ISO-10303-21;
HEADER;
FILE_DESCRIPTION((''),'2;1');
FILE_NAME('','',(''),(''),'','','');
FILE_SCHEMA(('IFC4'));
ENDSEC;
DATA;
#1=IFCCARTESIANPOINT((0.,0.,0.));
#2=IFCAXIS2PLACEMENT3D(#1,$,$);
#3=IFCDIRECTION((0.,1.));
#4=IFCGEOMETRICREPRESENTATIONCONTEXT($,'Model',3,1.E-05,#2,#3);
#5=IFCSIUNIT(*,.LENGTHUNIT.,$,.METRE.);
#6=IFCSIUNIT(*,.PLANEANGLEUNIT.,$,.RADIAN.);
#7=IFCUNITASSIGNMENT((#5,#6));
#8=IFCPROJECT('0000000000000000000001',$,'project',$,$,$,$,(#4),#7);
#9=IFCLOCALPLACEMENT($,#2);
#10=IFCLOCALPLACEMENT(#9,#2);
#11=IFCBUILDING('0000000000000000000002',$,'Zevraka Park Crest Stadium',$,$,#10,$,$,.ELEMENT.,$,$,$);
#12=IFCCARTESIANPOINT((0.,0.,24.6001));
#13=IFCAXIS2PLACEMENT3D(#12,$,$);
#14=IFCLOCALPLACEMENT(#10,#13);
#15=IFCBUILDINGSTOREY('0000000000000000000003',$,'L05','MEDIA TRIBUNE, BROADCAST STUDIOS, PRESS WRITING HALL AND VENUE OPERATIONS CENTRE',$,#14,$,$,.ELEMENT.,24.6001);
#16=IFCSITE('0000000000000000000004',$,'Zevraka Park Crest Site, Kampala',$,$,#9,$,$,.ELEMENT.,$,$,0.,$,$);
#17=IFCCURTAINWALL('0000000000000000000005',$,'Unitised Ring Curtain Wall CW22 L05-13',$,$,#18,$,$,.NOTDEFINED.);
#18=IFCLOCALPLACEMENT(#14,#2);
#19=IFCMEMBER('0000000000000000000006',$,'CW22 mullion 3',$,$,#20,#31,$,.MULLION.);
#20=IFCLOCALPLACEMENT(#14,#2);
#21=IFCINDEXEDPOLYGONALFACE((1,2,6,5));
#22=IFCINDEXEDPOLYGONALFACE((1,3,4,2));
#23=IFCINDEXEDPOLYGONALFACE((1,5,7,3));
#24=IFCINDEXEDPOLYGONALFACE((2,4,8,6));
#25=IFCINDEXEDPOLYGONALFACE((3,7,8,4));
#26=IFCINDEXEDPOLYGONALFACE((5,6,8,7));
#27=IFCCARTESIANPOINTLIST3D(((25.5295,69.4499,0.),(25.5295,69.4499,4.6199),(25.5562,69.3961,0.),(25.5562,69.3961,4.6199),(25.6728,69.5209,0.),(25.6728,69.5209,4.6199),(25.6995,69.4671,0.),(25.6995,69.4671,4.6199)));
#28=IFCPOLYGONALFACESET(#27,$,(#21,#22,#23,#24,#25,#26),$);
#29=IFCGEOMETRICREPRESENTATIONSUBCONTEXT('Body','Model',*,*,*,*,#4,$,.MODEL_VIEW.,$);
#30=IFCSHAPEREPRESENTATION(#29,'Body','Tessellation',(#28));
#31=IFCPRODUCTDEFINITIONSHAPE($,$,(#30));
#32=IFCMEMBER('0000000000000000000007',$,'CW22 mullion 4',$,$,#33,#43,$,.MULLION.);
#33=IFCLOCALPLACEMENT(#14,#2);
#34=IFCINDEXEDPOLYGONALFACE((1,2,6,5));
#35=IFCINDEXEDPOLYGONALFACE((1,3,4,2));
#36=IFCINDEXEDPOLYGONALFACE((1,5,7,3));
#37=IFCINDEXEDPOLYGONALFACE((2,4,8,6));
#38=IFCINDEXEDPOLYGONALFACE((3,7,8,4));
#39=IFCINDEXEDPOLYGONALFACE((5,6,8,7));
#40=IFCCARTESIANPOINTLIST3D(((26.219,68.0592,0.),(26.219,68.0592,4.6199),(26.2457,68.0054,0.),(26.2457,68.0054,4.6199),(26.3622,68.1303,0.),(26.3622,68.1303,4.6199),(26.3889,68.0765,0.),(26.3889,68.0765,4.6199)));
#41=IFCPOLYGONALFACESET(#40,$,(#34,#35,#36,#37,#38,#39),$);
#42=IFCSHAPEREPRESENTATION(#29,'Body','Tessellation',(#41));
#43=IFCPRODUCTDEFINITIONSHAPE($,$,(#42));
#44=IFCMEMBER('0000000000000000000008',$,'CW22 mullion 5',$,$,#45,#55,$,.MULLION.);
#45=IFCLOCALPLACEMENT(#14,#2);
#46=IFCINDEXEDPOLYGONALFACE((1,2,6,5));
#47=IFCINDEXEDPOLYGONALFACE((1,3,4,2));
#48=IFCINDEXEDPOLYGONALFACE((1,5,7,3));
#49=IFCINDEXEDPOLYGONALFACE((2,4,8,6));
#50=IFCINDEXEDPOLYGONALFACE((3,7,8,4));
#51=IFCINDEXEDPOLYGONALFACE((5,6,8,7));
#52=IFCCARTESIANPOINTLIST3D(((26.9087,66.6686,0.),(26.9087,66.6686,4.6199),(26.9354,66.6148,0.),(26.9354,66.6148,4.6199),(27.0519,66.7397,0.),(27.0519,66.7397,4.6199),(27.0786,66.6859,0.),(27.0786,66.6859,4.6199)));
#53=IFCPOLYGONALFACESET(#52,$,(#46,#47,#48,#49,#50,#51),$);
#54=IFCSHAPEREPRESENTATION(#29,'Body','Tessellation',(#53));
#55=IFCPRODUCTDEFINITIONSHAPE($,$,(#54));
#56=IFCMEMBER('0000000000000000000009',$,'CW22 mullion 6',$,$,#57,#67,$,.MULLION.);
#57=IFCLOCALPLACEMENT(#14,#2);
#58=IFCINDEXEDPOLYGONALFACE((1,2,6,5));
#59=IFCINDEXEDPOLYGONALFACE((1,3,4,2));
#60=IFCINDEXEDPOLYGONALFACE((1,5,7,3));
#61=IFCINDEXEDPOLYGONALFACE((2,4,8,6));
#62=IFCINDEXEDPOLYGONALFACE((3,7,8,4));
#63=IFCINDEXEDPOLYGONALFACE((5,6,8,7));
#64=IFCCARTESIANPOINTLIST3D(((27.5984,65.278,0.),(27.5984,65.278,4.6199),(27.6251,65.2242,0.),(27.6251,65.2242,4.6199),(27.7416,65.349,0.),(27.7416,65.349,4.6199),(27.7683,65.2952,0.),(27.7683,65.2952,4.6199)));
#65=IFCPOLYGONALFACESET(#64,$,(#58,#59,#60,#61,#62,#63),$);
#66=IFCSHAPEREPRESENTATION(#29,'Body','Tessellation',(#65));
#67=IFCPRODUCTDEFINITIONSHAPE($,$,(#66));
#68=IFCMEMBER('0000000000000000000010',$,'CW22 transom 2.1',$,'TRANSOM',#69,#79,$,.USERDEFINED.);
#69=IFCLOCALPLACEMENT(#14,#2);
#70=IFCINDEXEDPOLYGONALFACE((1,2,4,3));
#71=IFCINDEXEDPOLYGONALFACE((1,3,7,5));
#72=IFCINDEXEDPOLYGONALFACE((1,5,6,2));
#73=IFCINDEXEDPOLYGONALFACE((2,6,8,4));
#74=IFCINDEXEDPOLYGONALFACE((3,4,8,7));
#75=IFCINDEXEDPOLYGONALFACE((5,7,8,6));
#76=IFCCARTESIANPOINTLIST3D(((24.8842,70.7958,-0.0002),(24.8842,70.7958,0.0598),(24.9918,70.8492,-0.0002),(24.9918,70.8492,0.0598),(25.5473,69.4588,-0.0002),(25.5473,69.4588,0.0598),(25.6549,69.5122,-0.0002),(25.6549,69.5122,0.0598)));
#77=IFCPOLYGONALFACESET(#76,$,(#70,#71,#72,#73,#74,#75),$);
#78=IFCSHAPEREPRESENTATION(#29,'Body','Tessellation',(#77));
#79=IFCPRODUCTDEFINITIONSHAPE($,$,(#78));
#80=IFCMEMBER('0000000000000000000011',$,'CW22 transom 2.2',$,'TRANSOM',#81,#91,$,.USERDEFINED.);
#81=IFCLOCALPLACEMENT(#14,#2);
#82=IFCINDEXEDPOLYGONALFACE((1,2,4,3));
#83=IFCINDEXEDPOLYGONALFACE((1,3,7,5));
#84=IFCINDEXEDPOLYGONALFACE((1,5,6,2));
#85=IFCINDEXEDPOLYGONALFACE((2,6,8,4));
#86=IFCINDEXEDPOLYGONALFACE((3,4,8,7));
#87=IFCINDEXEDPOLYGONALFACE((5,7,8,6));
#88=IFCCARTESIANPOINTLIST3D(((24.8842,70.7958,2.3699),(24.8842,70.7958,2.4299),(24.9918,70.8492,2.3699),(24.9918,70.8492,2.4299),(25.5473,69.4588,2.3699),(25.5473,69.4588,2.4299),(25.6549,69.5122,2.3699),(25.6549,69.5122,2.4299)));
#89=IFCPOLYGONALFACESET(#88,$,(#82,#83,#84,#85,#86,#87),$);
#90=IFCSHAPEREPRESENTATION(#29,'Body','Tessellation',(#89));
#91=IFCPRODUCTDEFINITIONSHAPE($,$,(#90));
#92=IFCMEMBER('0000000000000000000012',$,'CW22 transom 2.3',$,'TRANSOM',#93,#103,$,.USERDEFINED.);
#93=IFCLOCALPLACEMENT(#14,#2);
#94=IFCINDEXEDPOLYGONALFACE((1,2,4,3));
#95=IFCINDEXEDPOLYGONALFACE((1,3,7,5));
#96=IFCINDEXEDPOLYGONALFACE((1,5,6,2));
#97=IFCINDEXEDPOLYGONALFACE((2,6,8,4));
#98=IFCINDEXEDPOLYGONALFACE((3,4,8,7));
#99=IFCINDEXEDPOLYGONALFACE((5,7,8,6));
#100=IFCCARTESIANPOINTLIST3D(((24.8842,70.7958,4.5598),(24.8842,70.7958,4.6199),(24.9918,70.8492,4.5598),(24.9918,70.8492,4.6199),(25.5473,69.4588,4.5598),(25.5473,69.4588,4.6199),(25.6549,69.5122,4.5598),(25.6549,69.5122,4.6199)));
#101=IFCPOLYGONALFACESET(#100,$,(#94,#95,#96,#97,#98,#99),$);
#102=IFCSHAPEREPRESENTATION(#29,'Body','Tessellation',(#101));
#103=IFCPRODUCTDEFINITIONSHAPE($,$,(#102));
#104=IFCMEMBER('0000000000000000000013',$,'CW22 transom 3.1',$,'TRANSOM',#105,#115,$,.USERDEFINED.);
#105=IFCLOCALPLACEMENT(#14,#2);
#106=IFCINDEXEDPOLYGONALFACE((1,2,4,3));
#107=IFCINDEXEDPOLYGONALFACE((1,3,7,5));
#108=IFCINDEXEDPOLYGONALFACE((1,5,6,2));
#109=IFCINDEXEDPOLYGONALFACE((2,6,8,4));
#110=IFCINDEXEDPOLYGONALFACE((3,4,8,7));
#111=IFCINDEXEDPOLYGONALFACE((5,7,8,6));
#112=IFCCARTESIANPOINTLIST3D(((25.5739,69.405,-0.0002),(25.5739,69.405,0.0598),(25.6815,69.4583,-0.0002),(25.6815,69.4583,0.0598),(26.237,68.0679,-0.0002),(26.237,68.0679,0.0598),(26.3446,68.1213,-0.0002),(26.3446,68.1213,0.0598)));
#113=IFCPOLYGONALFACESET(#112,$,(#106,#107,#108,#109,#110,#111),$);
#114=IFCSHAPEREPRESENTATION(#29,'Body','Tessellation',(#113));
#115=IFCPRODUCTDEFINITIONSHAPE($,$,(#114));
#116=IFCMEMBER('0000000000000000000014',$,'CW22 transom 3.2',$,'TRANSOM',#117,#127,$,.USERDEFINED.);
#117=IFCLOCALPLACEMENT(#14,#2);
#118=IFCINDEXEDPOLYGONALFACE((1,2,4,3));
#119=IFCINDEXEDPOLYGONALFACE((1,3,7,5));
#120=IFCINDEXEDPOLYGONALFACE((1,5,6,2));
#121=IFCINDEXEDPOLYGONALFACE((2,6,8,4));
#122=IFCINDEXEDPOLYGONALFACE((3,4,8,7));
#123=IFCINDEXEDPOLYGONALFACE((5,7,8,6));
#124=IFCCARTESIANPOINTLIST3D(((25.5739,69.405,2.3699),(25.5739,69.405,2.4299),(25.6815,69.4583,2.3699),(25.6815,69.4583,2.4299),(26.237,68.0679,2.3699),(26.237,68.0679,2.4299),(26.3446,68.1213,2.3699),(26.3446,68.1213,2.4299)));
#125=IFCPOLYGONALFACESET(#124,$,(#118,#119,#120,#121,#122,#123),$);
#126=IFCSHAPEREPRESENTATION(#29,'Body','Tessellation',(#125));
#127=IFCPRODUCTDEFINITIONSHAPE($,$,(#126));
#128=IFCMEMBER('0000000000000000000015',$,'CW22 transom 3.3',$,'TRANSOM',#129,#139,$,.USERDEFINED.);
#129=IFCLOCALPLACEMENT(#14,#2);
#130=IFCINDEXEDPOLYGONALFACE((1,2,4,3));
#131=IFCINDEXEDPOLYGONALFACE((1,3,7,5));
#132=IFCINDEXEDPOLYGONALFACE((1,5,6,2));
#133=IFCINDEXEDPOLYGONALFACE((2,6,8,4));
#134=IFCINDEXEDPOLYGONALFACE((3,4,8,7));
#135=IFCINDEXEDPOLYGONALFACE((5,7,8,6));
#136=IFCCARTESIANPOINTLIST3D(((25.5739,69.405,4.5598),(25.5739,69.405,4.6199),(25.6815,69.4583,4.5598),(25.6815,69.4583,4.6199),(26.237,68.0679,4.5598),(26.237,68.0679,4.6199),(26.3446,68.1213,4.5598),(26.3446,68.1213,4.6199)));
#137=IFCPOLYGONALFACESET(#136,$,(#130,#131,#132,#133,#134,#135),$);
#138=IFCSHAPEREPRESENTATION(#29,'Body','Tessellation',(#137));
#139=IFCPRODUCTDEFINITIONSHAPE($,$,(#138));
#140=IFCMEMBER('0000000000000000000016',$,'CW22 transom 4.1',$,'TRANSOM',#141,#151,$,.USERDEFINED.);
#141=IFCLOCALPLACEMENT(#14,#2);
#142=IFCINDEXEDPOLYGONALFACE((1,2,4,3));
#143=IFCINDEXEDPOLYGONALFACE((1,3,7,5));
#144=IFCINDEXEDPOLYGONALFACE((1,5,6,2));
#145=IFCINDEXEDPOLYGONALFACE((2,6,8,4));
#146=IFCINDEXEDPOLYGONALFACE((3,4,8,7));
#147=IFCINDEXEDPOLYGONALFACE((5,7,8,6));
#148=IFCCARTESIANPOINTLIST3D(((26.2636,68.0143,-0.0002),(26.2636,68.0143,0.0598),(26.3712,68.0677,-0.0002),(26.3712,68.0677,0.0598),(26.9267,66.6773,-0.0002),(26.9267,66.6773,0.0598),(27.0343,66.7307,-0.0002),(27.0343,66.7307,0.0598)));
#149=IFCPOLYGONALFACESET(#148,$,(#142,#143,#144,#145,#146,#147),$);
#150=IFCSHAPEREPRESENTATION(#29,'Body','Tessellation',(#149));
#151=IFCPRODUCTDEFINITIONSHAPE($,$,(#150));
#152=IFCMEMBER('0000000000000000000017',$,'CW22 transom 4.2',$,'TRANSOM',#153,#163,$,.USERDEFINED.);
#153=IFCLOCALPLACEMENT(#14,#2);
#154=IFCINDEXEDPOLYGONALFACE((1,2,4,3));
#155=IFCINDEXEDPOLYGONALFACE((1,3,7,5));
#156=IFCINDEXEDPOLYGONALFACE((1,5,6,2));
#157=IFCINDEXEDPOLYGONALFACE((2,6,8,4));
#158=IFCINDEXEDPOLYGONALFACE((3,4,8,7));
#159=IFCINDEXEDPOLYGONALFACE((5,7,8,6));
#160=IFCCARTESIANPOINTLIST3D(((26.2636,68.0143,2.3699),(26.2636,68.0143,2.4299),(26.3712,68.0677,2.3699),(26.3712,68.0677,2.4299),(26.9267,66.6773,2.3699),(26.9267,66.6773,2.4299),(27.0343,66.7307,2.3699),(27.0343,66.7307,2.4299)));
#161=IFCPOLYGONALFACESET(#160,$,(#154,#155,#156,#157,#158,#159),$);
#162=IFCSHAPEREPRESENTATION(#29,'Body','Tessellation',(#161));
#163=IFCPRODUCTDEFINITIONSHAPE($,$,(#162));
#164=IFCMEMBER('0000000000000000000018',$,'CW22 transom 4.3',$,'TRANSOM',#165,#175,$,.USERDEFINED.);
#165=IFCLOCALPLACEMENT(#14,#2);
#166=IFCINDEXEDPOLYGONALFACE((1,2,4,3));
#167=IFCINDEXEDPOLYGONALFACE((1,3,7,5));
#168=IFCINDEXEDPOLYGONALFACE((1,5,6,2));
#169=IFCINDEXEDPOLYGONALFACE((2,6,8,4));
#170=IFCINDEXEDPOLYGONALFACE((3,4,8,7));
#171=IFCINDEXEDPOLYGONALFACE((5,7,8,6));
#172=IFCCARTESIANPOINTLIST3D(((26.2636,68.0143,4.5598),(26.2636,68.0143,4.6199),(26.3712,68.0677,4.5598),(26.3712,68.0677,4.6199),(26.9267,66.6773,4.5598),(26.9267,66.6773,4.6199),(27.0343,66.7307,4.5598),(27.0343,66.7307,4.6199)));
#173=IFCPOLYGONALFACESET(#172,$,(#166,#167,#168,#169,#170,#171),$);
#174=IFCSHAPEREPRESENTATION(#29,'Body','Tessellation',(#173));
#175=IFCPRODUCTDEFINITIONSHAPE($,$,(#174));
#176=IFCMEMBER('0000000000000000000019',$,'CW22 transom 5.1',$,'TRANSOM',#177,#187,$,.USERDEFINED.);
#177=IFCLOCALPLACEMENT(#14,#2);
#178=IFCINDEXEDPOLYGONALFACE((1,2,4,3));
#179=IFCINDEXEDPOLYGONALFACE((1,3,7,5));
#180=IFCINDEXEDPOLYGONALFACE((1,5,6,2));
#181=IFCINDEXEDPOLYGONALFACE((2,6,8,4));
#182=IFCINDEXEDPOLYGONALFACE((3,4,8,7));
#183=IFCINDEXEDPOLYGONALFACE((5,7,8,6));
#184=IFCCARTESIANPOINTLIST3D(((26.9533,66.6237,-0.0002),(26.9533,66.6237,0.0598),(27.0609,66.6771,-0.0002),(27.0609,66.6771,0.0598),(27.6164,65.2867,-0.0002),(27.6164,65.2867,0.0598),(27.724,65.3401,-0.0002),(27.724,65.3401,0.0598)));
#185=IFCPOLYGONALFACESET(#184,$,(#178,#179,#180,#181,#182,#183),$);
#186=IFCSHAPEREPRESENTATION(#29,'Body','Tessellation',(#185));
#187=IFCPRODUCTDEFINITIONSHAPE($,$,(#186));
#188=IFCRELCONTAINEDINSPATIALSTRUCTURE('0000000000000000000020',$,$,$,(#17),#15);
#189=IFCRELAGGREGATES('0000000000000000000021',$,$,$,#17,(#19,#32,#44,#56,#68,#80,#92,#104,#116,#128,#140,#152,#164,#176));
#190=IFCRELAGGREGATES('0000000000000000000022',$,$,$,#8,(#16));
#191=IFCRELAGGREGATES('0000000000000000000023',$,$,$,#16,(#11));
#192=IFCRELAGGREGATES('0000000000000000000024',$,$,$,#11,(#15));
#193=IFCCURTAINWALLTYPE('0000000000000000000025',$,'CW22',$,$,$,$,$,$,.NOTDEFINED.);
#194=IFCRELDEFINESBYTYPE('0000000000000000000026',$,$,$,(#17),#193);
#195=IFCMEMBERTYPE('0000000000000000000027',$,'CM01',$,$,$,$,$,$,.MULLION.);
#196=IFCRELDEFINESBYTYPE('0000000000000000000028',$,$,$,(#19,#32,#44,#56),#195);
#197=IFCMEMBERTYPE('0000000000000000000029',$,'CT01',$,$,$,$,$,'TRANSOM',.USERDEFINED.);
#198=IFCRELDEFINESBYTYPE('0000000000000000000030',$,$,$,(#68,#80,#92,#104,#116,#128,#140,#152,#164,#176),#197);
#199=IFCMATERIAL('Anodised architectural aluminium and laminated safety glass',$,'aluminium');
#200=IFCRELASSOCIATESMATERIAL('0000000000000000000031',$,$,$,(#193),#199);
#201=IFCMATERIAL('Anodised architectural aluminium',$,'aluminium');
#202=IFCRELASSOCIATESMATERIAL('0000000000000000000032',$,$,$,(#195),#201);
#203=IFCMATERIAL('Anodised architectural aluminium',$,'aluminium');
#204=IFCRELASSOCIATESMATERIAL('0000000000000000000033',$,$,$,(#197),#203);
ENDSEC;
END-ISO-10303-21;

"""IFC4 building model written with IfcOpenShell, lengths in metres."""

from ifc_helpers import new_model, si_unit, direction, frame, origin, origin_2d, place, context, subcontext, project, spatial, rectangle, extrude, material, material_profile, profile_set, type_object, element, aggregate, save


model = new_model("IFC4")

# Units and contexts
model_context = context("Model", 3, precision=1e-05, world=origin(), true_north=direction((0.0, 1.0)))
body_context = subcontext(model_context, "Body", "Model", "MODEL_VIEW")
ifc_project = project(units=[si_unit("LENGTHUNIT", "METRE"), si_unit("PLANEANGLEUNIT", "RADIAN")], contexts=[model_context])

# Site, building, storey
site_placement = place(None, origin())
site = spatial("IfcSite", under=ifc_project, at=site_placement, Name="Zevraka Park Crest Site, Kampala", CompositionType="ELEMENT", RefElevation=0.0)
building_placement = place(site_placement, origin())
building = spatial("IfcBuilding", under=site, at=building_placement, Name="Zevraka Park Crest Stadium", CompositionType="ELEMENT")
storey_placement = place(building_placement, frame((0.0, 0.0, 24.6001)))
storey = spatial("IfcBuildingStorey", under=building, at=storey_placement, Name="L05", Description="MEDIA TRIBUNE, BROADCAST STUDIOS, PRESS WRITING HALL AND VENUE OPERATIONS CENTRE", CompositionType="ELEMENT", Elevation=24.6001)

# Curtain wall, members
ifc_material_1 = material(Name="Anodised architectural aluminium and laminated safety glass", Category="aluminium")
curtain_wall_type = type_object("IfcCurtainWallType", Name="CW22", PredefinedType="NOTDEFINED", material=ifc_material_1)
curtain_wall_placement = place(storey_placement, origin())
curtain_wall = element("IfcCurtainWall", 1, at=curtain_wall_placement, inside=storey, type_object=curtain_wall_type, Name="Unitised Ring Curtain Wall CW22 L05-13", PredefinedType="NOTDEFINED")
ifc_material_2 = material(Name="Anodised architectural aluminium", Category="aluminium")
ifc_material_profile_1 = material_profile(ifc_material_2, rectangle(XDim=0.1599, YDim=0.0601, at=origin_2d()), Name="ALU MULLION 160x60")
ifc_profile_set_1 = profile_set([ifc_material_profile_1], Name="Anodised architectural aluminium")
member_type_1 = type_object("IfcMemberType", Name="CM01", PredefinedType="MULLION", material=ifc_profile_set_1)
member_1_placement = place(storey_placement, frame((25.6145, 69.4585, 0.0), z_axis=(0.0, 0.0, 1.0), x_axis=(0.895879, 0.444297, 0.0)))
member_1 = element("IfcMember", 2, at=member_1_placement, type_object=member_type_1, Name="CW22 mullion 3", PredefinedType="MULLION", context=body_context, shape_type="SweptSolid", body=[
    extrude(rectangle(XDim=0.1599, YDim=0.0601, at=origin_2d()), origin(), (0.0, 0.0, 1.0), 4.6199),
])
member_2_placement = place(storey_placement, frame((26.304, 68.0679, 0.0), z_axis=(0.0, 0.0, 1.0), x_axis=(0.895879, 0.444297, 0.0)))
member_2 = element("IfcMember", 3, at=member_2_placement, type_object=member_type_1, Name="CW22 mullion 4", PredefinedType="MULLION", context=body_context, shape_type="SweptSolid", body=[
    extrude(rectangle(XDim=0.1599, YDim=0.0601, at=origin_2d()), origin(), (0.0, 0.0, 1.0), 4.6199),
])
member_3_placement = place(storey_placement, frame((26.9937, 66.6772, 0.0), z_axis=(0.0, 0.0, 1.0), x_axis=(0.895879, 0.444297, 0.0)))
member_3 = element("IfcMember", 4, at=member_3_placement, type_object=member_type_1, Name="CW22 mullion 5", PredefinedType="MULLION", context=body_context, shape_type="SweptSolid", body=[
    extrude(rectangle(XDim=0.1599, YDim=0.0601, at=origin_2d()), origin(), (0.0, 0.0, 1.0), 4.6199),
])
member_4_placement = place(storey_placement, frame((27.6833, 65.2866, 0.0), z_axis=(0.0, 0.0, 1.0), x_axis=(0.895879, 0.444297, 0.0)))
member_4 = element("IfcMember", 5, at=member_4_placement, type_object=member_type_1, Name="CW22 mullion 6", PredefinedType="MULLION", context=body_context, shape_type="SweptSolid", body=[
    extrude(rectangle(XDim=0.1599, YDim=0.0601, at=origin_2d()), origin(), (0.0, 0.0, 1.0), 4.6199),
])
ifc_material_3 = material(Name="Anodised architectural aluminium", Category="aluminium")
ifc_material_profile_2 = material_profile(ifc_material_3, rectangle(XDim=0.1201, YDim=0.0601, at=origin_2d()), Name="ALU TRANSOM 120x60")
ifc_profile_set_2 = profile_set([ifc_material_profile_2], Name="Anodised architectural aluminium")
member_type_2 = type_object("IfcMemberType", Name="CT01", ElementType="TRANSOM", PredefinedType="USERDEFINED", material=ifc_profile_set_2)
member_5_placement = place(storey_placement, frame((24.938, 70.8225, 0.0298), z_axis=(0.444332, -0.895862, 0.0), x_axis=(0.895862, 0.444332, 0.0)))
member_5 = element("IfcMember", 6, at=member_5_placement, type_object=member_type_2, Name="CW22 transom 2.1", ObjectType="TRANSOM", PredefinedType="USERDEFINED", context=body_context, shape_type="SweptSolid", body=[
    extrude(rectangle(XDim=0.1201, YDim=0.0601, at=origin_2d()), origin(), (0.0, 0.0, 1.0), 1.4924),
])
member_6_placement = place(storey_placement, frame((24.938, 70.8225, 2.3999), z_axis=(0.444332, -0.895862, 0.0), x_axis=(0.895862, 0.444332, 0.0)))
member_6 = element("IfcMember", 7, at=member_6_placement, type_object=member_type_2, Name="CW22 transom 2.2", ObjectType="TRANSOM", PredefinedType="USERDEFINED", context=body_context, shape_type="SweptSolid", body=[
    extrude(rectangle(XDim=0.1201, YDim=0.0601, at=origin_2d()), origin(), (0.0, 0.0, 1.0), 1.4924),
])
member_7_placement = place(storey_placement, frame((24.938, 70.8225, 4.5898), z_axis=(0.444332, -0.895862, 0.0), x_axis=(0.895862, 0.444332, 0.0)))
member_7 = element("IfcMember", 8, at=member_7_placement, type_object=member_type_2, Name="CW22 transom 2.3", ObjectType="TRANSOM", PredefinedType="USERDEFINED", context=body_context, shape_type="SweptSolid", body=[
    extrude(rectangle(XDim=0.1201, YDim=0.0601, at=origin_2d()), origin(), (0.0, 0.0, 1.0), 1.4924),
])
member_8_placement = place(storey_placement, frame((25.6277, 69.4316, 0.0298), z_axis=(0.444332, -0.895862, 0.0), x_axis=(0.895862, 0.444332, 0.0)))
member_8 = element("IfcMember", 9, at=member_8_placement, type_object=member_type_2, Name="CW22 transom 3.1", ObjectType="TRANSOM", PredefinedType="USERDEFINED", context=body_context, shape_type="SweptSolid", body=[
    extrude(rectangle(XDim=0.1201, YDim=0.0601, at=origin_2d()), origin(), (0.0, 0.0, 1.0), 1.4924),
])
member_9_placement = place(storey_placement, frame((25.6277, 69.4316, 2.3999), z_axis=(0.444332, -0.895862, 0.0), x_axis=(0.895862, 0.444332, 0.0)))
member_9 = element("IfcMember", 10, at=member_9_placement, type_object=member_type_2, Name="CW22 transom 3.2", ObjectType="TRANSOM", PredefinedType="USERDEFINED", context=body_context, shape_type="SweptSolid", body=[
    extrude(rectangle(XDim=0.1201, YDim=0.0601, at=origin_2d()), origin(), (0.0, 0.0, 1.0), 1.4924),
])
member_10_placement = place(storey_placement, frame((25.6277, 69.4316, 4.5898), z_axis=(0.444332, -0.895862, 0.0), x_axis=(0.895862, 0.444332, 0.0)))
member_10 = element("IfcMember", 11, at=member_10_placement, type_object=member_type_2, Name="CW22 transom 3.3", ObjectType="TRANSOM", PredefinedType="USERDEFINED", context=body_context, shape_type="SweptSolid", body=[
    extrude(rectangle(XDim=0.1201, YDim=0.0601, at=origin_2d()), origin(), (0.0, 0.0, 1.0), 1.4924),
])
member_11_placement = place(storey_placement, frame((26.3174, 68.041, 0.0298), z_axis=(0.444332, -0.895862, 0.0), x_axis=(0.895862, 0.444332, 0.0)))
member_11 = element("IfcMember", 12, at=member_11_placement, type_object=member_type_2, Name="CW22 transom 4.1", ObjectType="TRANSOM", PredefinedType="USERDEFINED", context=body_context, shape_type="SweptSolid", body=[
    extrude(rectangle(XDim=0.1201, YDim=0.0601, at=origin_2d()), origin(), (0.0, 0.0, 1.0), 1.4924),
])
member_12_placement = place(storey_placement, frame((26.3174, 68.041, 2.3999), z_axis=(0.444332, -0.895862, 0.0), x_axis=(0.895862, 0.444332, 0.0)))
member_12 = element("IfcMember", 13, at=member_12_placement, type_object=member_type_2, Name="CW22 transom 4.2", ObjectType="TRANSOM", PredefinedType="USERDEFINED", context=body_context, shape_type="SweptSolid", body=[
    extrude(rectangle(XDim=0.1201, YDim=0.0601, at=origin_2d()), origin(), (0.0, 0.0, 1.0), 1.4924),
])
member_13_placement = place(storey_placement, frame((26.3174, 68.041, 4.5898), z_axis=(0.444332, -0.895862, 0.0), x_axis=(0.895862, 0.444332, 0.0)))
member_13 = element("IfcMember", 14, at=member_13_placement, type_object=member_type_2, Name="CW22 transom 4.3", ObjectType="TRANSOM", PredefinedType="USERDEFINED", context=body_context, shape_type="SweptSolid", body=[
    extrude(rectangle(XDim=0.1201, YDim=0.0601, at=origin_2d()), origin(), (0.0, 0.0, 1.0), 1.4924),
])
member_14_placement = place(storey_placement, frame((27.0071, 66.6504, 0.0298), z_axis=(0.444332, -0.895862, 0.0), x_axis=(0.895862, 0.444332, 0.0)))
member_14 = element("IfcMember", 15, at=member_14_placement, type_object=member_type_2, Name="CW22 transom 5.1", ObjectType="TRANSOM", PredefinedType="USERDEFINED", context=body_context, shape_type="SweptSolid", body=[
    extrude(rectangle(XDim=0.1201, YDim=0.0601, at=origin_2d()), origin(), (0.0, 0.0, 1.0), 1.4924),
])
aggregate(curtain_wall, [member_1, member_2, member_3, member_4, member_5, member_6, member_7, member_8, member_9, member_10, member_11, member_12, member_13, member_14])

save(model, "model.ifc")
